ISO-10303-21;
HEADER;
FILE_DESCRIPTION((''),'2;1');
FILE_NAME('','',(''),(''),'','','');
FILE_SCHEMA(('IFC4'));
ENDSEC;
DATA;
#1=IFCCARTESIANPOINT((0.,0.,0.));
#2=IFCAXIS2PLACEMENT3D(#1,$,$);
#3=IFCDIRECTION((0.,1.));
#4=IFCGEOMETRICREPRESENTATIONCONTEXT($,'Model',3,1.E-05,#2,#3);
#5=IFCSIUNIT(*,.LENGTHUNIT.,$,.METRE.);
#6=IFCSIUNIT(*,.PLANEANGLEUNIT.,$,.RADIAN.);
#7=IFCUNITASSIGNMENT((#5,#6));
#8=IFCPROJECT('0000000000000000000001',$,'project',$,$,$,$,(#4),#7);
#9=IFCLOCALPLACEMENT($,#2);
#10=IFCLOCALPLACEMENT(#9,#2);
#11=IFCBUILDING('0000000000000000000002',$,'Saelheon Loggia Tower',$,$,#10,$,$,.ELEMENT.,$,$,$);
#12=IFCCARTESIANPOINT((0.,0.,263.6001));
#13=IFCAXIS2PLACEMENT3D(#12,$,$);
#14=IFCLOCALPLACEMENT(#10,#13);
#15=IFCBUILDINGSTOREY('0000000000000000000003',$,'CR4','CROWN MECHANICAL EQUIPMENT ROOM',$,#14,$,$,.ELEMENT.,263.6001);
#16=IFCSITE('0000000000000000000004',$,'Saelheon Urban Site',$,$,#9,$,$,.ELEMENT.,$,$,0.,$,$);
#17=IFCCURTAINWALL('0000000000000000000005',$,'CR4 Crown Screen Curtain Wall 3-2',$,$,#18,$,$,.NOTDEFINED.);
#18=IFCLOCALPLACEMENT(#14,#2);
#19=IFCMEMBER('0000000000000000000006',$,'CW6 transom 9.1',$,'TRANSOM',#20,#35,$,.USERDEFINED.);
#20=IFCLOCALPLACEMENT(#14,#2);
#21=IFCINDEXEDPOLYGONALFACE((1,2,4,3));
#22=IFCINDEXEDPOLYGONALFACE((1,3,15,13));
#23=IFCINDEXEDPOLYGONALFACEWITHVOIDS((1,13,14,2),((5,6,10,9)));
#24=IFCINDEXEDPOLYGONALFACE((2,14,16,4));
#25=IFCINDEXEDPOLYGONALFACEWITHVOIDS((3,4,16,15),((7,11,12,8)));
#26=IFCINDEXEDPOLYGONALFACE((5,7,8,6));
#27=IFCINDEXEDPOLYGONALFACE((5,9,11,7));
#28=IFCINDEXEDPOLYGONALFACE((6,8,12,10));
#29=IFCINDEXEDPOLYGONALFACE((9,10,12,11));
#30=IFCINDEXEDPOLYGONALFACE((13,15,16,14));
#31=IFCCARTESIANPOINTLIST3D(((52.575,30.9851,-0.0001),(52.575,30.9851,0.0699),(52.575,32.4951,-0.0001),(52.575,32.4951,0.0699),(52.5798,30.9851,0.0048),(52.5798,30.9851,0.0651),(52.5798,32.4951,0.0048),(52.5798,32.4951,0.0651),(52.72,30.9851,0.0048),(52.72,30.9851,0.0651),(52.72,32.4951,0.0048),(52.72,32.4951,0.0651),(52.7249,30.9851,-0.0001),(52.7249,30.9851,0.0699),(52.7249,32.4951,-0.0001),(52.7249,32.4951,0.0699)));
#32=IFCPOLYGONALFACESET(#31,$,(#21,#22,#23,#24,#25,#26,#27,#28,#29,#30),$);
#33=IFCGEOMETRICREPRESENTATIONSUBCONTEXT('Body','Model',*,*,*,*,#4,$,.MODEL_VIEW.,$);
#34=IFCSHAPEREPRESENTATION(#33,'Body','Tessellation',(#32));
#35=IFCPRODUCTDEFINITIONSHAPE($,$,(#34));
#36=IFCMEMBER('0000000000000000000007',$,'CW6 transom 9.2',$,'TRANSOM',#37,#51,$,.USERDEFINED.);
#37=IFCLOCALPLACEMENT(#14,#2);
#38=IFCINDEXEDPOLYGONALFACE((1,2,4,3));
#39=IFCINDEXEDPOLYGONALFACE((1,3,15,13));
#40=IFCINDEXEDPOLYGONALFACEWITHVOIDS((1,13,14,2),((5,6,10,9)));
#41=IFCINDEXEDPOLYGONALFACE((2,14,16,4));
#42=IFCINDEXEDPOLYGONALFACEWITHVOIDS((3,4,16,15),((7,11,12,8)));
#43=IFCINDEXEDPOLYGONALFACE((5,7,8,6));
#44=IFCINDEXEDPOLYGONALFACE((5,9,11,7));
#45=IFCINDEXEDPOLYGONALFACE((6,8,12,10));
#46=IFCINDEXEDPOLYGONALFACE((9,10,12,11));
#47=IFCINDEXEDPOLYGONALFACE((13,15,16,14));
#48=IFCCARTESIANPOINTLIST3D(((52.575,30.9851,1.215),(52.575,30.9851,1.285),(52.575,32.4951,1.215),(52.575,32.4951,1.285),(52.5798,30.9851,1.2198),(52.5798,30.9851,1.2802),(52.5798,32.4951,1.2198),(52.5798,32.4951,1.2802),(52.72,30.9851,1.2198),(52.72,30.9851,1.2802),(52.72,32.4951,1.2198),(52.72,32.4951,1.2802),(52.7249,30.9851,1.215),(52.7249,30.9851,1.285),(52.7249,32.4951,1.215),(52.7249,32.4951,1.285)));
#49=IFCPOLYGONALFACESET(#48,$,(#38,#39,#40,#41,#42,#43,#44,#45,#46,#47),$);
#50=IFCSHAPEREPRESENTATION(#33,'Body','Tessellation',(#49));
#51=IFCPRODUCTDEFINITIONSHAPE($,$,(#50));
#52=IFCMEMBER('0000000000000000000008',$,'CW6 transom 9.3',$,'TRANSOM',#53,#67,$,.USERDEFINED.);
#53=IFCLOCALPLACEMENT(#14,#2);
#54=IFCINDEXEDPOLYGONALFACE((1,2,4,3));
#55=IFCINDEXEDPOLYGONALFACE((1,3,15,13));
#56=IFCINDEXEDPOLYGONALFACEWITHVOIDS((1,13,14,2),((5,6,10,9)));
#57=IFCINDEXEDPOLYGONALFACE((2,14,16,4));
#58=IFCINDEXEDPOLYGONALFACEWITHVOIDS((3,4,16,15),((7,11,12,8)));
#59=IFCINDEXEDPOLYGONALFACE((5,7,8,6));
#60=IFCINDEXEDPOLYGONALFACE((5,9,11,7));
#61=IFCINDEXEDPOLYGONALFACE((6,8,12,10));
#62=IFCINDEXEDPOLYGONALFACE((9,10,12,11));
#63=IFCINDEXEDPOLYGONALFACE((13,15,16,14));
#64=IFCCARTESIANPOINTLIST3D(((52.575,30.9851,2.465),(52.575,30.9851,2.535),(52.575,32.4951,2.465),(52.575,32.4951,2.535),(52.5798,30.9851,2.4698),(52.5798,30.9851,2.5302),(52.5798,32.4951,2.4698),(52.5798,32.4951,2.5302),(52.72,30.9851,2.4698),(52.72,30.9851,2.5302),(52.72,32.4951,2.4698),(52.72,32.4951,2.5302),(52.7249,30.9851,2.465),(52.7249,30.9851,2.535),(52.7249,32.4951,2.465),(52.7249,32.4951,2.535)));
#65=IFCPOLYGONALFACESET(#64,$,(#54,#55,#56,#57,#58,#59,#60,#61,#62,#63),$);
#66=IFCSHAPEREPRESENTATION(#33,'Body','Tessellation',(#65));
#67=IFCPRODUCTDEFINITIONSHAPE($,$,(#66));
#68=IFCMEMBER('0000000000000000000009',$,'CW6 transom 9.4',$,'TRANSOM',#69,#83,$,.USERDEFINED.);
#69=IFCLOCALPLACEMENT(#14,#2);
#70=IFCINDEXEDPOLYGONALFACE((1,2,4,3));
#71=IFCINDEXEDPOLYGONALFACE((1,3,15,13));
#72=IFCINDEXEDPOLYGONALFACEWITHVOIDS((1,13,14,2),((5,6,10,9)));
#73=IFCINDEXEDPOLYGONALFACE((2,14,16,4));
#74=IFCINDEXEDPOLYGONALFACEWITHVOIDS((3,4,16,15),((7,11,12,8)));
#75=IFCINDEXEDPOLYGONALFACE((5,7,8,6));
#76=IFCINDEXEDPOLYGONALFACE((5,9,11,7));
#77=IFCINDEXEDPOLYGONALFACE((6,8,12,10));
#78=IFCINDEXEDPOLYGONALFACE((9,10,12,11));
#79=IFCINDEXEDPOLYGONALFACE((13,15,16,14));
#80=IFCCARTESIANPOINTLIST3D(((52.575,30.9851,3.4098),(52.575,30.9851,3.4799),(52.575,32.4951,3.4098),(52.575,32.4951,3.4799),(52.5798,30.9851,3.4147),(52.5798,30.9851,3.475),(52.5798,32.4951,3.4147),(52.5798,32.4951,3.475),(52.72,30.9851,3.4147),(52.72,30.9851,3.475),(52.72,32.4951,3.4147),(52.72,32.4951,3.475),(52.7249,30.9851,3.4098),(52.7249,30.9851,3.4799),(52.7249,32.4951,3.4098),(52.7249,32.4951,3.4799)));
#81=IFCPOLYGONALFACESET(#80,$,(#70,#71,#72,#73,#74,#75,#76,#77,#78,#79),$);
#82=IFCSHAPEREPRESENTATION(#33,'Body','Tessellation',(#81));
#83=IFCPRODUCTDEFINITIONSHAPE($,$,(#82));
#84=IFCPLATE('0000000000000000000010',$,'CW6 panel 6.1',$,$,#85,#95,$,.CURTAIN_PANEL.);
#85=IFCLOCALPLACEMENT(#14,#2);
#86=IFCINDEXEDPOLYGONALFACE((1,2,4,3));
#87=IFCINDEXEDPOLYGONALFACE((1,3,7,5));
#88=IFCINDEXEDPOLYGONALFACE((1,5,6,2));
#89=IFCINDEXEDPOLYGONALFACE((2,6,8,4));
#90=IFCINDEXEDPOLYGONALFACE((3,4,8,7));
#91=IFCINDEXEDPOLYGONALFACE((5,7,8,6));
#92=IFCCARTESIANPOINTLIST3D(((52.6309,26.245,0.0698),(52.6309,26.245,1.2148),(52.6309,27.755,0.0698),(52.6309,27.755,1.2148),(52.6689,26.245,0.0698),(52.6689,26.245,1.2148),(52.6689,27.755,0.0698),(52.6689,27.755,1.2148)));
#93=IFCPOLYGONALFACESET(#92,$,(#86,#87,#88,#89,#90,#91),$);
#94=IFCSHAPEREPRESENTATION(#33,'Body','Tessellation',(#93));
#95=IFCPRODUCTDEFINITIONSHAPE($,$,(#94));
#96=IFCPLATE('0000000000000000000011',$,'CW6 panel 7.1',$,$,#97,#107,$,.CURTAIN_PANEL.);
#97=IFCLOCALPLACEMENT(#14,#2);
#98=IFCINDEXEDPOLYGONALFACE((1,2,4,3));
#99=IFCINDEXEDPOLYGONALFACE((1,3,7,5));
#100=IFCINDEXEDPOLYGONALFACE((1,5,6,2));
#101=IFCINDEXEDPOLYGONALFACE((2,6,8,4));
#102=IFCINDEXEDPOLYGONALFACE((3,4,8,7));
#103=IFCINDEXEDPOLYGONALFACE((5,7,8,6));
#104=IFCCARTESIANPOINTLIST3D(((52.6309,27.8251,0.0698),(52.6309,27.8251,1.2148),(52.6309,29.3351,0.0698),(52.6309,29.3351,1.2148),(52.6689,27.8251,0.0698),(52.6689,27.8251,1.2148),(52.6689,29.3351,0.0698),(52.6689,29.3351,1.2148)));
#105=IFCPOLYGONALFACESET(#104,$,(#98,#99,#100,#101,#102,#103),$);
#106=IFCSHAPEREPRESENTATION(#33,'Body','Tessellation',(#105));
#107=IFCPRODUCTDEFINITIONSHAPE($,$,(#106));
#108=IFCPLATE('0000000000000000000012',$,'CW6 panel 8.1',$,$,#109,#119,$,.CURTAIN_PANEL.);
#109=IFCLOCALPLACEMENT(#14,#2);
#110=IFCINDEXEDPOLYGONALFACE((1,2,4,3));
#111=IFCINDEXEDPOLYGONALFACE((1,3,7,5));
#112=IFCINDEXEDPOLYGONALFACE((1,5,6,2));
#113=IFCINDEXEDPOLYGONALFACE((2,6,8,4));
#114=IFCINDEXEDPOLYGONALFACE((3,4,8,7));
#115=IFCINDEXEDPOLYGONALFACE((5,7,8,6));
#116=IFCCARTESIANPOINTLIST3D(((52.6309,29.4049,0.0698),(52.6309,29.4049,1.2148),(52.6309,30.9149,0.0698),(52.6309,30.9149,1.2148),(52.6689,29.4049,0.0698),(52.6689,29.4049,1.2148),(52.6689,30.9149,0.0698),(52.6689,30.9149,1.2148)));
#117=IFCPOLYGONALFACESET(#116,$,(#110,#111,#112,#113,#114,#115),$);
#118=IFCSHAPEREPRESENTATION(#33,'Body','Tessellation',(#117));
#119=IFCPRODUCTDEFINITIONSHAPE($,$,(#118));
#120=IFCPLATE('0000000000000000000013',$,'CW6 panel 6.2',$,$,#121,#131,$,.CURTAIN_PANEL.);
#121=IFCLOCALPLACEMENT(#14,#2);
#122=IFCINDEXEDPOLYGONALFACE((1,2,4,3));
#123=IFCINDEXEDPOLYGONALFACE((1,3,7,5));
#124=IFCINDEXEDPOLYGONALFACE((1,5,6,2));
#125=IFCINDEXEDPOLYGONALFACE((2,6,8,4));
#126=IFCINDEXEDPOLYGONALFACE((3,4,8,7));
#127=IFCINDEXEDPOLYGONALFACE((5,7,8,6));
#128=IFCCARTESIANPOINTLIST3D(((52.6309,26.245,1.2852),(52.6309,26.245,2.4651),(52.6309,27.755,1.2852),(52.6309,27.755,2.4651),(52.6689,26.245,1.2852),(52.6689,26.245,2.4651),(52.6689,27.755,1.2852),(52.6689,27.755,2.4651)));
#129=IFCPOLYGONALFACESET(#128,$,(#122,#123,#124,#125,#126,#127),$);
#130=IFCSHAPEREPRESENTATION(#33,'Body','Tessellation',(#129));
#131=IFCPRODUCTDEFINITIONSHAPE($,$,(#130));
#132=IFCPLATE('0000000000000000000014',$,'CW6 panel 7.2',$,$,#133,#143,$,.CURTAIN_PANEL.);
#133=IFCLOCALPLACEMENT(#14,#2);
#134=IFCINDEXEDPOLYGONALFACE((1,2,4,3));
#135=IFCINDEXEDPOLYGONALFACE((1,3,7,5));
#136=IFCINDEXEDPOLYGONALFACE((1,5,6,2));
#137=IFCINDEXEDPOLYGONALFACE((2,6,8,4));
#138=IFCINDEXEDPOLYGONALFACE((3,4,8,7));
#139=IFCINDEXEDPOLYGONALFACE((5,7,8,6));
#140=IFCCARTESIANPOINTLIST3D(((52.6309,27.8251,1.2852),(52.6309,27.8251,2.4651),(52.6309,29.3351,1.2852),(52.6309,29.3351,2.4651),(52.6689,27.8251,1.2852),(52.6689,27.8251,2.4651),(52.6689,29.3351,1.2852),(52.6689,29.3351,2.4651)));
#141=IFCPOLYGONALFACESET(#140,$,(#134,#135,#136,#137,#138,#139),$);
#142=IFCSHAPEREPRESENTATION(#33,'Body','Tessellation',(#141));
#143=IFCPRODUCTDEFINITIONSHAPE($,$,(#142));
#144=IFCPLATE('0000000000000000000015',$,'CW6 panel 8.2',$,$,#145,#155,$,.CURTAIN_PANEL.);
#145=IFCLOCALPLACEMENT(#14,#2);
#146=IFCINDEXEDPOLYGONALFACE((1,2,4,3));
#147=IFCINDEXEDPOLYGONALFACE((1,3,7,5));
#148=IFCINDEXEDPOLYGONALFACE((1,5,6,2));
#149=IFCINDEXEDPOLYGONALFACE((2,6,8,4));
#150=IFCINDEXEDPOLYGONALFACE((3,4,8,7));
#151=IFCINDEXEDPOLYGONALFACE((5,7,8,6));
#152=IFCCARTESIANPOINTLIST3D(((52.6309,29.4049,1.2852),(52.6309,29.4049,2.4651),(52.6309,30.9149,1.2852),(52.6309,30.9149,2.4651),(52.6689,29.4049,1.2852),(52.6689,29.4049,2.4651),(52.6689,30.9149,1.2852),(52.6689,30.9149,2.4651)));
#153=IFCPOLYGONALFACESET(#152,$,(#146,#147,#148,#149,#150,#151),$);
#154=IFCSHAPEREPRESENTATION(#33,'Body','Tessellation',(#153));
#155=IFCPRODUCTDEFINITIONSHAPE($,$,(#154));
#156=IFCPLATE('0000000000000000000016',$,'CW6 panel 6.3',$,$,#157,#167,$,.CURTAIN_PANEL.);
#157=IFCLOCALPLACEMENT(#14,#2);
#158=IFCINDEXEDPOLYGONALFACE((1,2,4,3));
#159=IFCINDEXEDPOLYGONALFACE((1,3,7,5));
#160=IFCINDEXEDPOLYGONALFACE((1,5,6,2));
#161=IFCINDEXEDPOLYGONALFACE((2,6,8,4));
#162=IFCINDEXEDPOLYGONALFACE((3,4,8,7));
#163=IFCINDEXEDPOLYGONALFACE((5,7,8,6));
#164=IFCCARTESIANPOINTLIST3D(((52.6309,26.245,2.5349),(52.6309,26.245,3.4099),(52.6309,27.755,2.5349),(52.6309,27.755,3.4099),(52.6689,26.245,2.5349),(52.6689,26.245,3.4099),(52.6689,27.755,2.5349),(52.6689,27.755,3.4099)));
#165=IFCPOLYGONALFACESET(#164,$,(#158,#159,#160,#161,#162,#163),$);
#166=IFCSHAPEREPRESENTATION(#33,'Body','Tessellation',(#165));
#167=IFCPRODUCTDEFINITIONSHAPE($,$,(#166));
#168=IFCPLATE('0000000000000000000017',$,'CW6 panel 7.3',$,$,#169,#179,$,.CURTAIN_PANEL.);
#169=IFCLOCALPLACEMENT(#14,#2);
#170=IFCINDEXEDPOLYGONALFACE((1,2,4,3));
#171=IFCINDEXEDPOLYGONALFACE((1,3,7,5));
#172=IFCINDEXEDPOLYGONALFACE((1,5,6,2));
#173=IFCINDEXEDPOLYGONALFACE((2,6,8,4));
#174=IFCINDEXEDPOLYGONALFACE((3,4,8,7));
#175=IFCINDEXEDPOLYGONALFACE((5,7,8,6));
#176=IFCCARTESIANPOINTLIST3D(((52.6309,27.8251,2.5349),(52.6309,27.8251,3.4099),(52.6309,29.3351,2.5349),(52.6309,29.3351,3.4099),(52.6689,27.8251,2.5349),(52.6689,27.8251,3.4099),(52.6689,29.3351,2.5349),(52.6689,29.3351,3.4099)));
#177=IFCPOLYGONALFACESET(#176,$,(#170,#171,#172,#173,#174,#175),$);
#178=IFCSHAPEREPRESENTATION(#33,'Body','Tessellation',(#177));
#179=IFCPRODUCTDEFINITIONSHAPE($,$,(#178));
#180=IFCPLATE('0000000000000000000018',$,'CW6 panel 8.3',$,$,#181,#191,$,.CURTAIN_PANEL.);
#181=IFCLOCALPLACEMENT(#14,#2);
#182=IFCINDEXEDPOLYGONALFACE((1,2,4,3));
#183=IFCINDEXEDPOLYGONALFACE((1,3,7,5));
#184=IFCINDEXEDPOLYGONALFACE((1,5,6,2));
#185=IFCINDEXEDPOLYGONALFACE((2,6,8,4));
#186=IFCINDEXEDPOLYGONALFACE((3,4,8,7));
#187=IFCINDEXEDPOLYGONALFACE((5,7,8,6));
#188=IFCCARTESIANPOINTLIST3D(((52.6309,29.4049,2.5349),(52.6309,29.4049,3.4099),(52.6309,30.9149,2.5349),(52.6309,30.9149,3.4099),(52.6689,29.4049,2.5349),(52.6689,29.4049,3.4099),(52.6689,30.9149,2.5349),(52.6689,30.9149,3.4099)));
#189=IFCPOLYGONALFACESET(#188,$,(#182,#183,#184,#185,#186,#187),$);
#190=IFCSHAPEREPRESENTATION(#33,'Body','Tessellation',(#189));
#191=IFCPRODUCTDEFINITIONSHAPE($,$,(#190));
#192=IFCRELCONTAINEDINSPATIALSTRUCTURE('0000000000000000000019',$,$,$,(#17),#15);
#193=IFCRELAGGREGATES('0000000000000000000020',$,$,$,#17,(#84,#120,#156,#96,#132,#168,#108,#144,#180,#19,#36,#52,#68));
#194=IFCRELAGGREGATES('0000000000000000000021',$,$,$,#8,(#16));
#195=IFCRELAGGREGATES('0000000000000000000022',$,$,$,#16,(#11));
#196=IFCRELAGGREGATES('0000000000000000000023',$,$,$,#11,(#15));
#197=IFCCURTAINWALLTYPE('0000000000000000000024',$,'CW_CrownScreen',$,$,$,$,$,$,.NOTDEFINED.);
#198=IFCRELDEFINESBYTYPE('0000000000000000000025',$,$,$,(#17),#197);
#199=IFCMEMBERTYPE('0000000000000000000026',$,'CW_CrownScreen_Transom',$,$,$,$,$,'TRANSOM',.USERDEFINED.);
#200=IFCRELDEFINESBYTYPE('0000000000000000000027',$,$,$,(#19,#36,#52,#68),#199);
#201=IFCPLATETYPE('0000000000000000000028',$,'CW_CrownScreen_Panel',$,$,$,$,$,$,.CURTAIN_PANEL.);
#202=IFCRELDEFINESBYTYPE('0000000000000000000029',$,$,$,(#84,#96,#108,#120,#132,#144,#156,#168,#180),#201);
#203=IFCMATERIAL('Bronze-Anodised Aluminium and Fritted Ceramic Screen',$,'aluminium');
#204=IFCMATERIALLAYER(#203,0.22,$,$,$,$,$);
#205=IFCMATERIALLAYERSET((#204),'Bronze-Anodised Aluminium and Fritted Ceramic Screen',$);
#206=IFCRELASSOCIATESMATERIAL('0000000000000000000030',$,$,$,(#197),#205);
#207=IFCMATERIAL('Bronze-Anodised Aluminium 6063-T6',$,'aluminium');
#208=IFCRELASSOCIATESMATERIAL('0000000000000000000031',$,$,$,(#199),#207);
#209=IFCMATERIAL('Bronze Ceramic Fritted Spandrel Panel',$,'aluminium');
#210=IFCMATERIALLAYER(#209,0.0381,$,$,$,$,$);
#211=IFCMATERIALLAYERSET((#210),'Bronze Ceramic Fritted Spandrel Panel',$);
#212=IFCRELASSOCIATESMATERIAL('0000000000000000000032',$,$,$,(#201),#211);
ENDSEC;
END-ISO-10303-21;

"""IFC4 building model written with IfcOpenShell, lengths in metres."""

from ifc_helpers import new_model, si_unit, direction, frame, origin, origin_2d, place, context, subcontext, project, spatial, rectangle, hollow_rectangle, extrude, source, transform, mapped, material, layer, layer_set, material_profile, profile_set, type_object, element, aggregate, save


model = new_model("IFC4")

# Units and contexts
model_context = context("Model", 3, precision=1e-05, world=origin(), true_north=direction((0.0, 1.0)))
body_context = subcontext(model_context, "Body", "Model", "MODEL_VIEW")
ifc_project = project(units=[si_unit("LENGTHUNIT", "METRE"), si_unit("PLANEANGLEUNIT", "RADIAN")], contexts=[model_context])

# Site, building, storey
site_placement = place(None, origin())
site = spatial("IfcSite", under=ifc_project, at=site_placement, Name="Saelheon Urban Site", CompositionType="ELEMENT", RefElevation=0.0)
building_placement = place(site_placement, origin())
building = spatial("IfcBuilding", under=site, at=building_placement, Name="Saelheon Loggia Tower", CompositionType="ELEMENT")
storey_placement = place(building_placement, frame((0.0, 0.0, 263.6001)))
storey = spatial("IfcBuildingStorey", under=building, at=storey_placement, Name="CR4", Description="CROWN MECHANICAL EQUIPMENT ROOM", CompositionType="ELEMENT", Elevation=263.6001)

# Curtain wall, members, plates
ifc_material_1 = material(Name="Bronze-Anodised Aluminium and Fritted Ceramic Screen", Category="aluminium")
ifc_layer_1 = layer(ifc_material_1, 0.22)
ifc_layer_set_1 = layer_set([ifc_layer_1], Name="Bronze-Anodised Aluminium and Fritted Ceramic Screen")
curtain_wall_type = type_object("IfcCurtainWallType", Name="CW_CrownScreen", PredefinedType="NOTDEFINED", material=ifc_layer_set_1)
curtain_wall_placement = place(storey_placement, origin())
curtain_wall = element("IfcCurtainWall", 1, at=curtain_wall_placement, inside=storey, type_object=curtain_wall_type, Name="CR4 Crown Screen Curtain Wall 3-2", PredefinedType="NOTDEFINED")
ifc_material_2 = material(Name="Bronze-Anodised Aluminium 6063-T6", Category="aluminium")
ifc_material_profile_1 = material_profile(ifc_material_2, hollow_rectangle(XDim=0.0701, YDim=0.1499, WallThickness=0.0049, at=origin_2d()), Name="RHS-150x70x5")
ifc_profile_set_1 = profile_set([ifc_material_profile_1], Name="Bronze-Anodised Aluminium 6063-T6")
member_type_1 = type_object("IfcMemberType", Name="CW_CrownScreen_Transom", ElementType="TRANSOM", PredefinedType="USERDEFINED", material=ifc_profile_set_1)
shared_shape_1 = source(origin(), body_context, "Body", "SweptSolid", [
    extrude(hollow_rectangle(XDim=0.0701, YDim=0.1499, WallThickness=0.0049, at=origin_2d()), origin(), (0.0, 0.0, 1.0), 1.51),
])
member_1_placement = place(storey_placement, frame((52.6499, 30.9851, 0.0349), z_axis=(0.0, 1.0, 0.0), x_axis=(0.0, 0.0, 1.0)))
member_1 = element("IfcMember", 2, at=member_1_placement, type_object=member_type_1, Name="CW6 transom 9.1", ObjectType="TRANSOM", PredefinedType="USERDEFINED", context=body_context, shape_type="MappedRepresentation", body=[
    mapped(shared_shape_1, transform((0.0, 0.0, 0.0), scale=1.0)),
])
member_2_placement = place(storey_placement, frame((52.6499, 30.9851, 1.25), z_axis=(0.0, 1.0, 0.0), x_axis=(0.0, 0.0, 1.0)))
member_2 = element("IfcMember", 3, at=member_2_placement, type_object=member_type_1, Name="CW6 transom 9.2", ObjectType="TRANSOM", PredefinedType="USERDEFINED", context=body_context, shape_type="MappedRepresentation", body=[
    mapped(shared_shape_1, transform((0.0, 0.0, 0.0), scale=1.0)),
])
member_3_placement = place(storey_placement, frame((52.6499, 30.9851, 2.5), z_axis=(0.0, 1.0, 0.0), x_axis=(0.0, 0.0, 1.0)))
member_3 = element("IfcMember", 4, at=member_3_placement, type_object=member_type_1, Name="CW6 transom 9.3", ObjectType="TRANSOM", PredefinedType="USERDEFINED", context=body_context, shape_type="MappedRepresentation", body=[
    mapped(shared_shape_1, transform((0.0, 0.0, 0.0), scale=1.0)),
])
member_4_placement = place(storey_placement, frame((52.6499, 30.9851, 3.4448), z_axis=(0.0, 1.0, 0.0), x_axis=(0.0, 0.0, 1.0)))
member_4 = element("IfcMember", 5, at=member_4_placement, type_object=member_type_1, Name="CW6 transom 9.4", ObjectType="TRANSOM", PredefinedType="USERDEFINED", context=body_context, shape_type="MappedRepresentation", body=[
    mapped(shared_shape_1, transform((0.0, 0.0, 0.0), scale=1.0)),
])
ifc_material_3 = material(Name="Bronze Ceramic Fritted Spandrel Panel", Category="aluminium")
ifc_layer_2 = layer(ifc_material_3, 0.0381)
ifc_layer_set_2 = layer_set([ifc_layer_2], Name="Bronze Ceramic Fritted Spandrel Panel")
plate_type = type_object("IfcPlateType", Name="CW_CrownScreen_Panel", PredefinedType="CURTAIN_PANEL", material=ifc_layer_set_2)
shared_shape_2 = source(origin(), body_context, "Body", "SweptSolid", [
    extrude(rectangle(XDim=1.51, YDim=0.0381, at=origin_2d()), origin(), (0.0, 0.0, 1.0), 1.145),
])
plate_1_placement = place(storey_placement, frame((52.6499, 27.0, 0.0698), z_axis=(0.0, 0.0, 1.0), x_axis=(0.0, 1.0, 0.0)))
plate_1 = element("IfcPlate", 6, at=plate_1_placement, type_object=plate_type, Name="CW6 panel 6.1", PredefinedType="CURTAIN_PANEL", context=body_context, shape_type="MappedRepresentation", body=[
    mapped(shared_shape_2, transform((0.0, 0.0, 0.0), scale=1.0)),
])
plate_2_placement = place(storey_placement, frame((52.6499, 28.5801, 0.0698), z_axis=(0.0, 0.0, 1.0), x_axis=(0.0, 1.0, 0.0)))
plate_2 = element("IfcPlate", 7, at=plate_2_placement, type_object=plate_type, Name="CW6 panel 7.1", PredefinedType="CURTAIN_PANEL", context=body_context, shape_type="MappedRepresentation", body=[
    mapped(shared_shape_2, transform((0.0, 0.0, 0.0), scale=1.0)),
])
plate_3_placement = place(storey_placement, frame((52.6499, 30.1599, 0.0698), z_axis=(0.0, 0.0, 1.0), x_axis=(0.0, 1.0, 0.0)))
plate_3 = element("IfcPlate", 8, at=plate_3_placement, type_object=plate_type, Name="CW6 panel 8.1", PredefinedType="CURTAIN_PANEL", context=body_context, shape_type="MappedRepresentation", body=[
    mapped(shared_shape_2, transform((0.0, 0.0, 0.0), scale=1.0)),
])
shared_shape_3 = source(origin(), body_context, "Body", "SweptSolid", [
    extrude(rectangle(XDim=1.51, YDim=0.0381, at=origin_2d()), origin(), (0.0, 0.0, 1.0), 1.1799),
])
plate_4_placement = place(storey_placement, frame((52.6499, 27.0, 1.2852), z_axis=(0.0, 0.0, 1.0), x_axis=(0.0, 1.0, 0.0)))
plate_4 = element("IfcPlate", 9, at=plate_4_placement, type_object=plate_type, Name="CW6 panel 6.2", PredefinedType="CURTAIN_PANEL", context=body_context, shape_type="MappedRepresentation", body=[
    mapped(shared_shape_3, transform((0.0, 0.0, 0.0), scale=1.0)),
])
plate_5_placement = place(storey_placement, frame((52.6499, 28.5801, 1.2852), z_axis=(0.0, 0.0, 1.0), x_axis=(0.0, 1.0, 0.0)))
plate_5 = element("IfcPlate", 10, at=plate_5_placement, type_object=plate_type, Name="CW6 panel 7.2", PredefinedType="CURTAIN_PANEL", context=body_context, shape_type="MappedRepresentation", body=[
    mapped(shared_shape_3, transform((0.0, 0.0, 0.0), scale=1.0)),
])
plate_6_placement = place(storey_placement, frame((52.6499, 30.1599, 1.2852), z_axis=(0.0, 0.0, 1.0), x_axis=(0.0, 1.0, 0.0)))
plate_6 = element("IfcPlate", 11, at=plate_6_placement, type_object=plate_type, Name="CW6 panel 8.2", PredefinedType="CURTAIN_PANEL", context=body_context, shape_type="MappedRepresentation", body=[
    mapped(shared_shape_3, transform((0.0, 0.0, 0.0), scale=1.0)),
])
shared_shape_4 = source(origin(), body_context, "Body", "SweptSolid", [
    extrude(rectangle(XDim=1.51, YDim=0.0381, at=origin_2d()), origin(), (0.0, 0.0, 1.0), 0.875),
])
plate_7_placement = place(storey_placement, frame((52.6499, 27.0, 2.5349), z_axis=(0.0, 0.0, 1.0), x_axis=(0.0, 1.0, 0.0)))
plate_7 = element("IfcPlate", 12, at=plate_7_placement, type_object=plate_type, Name="CW6 panel 6.3", PredefinedType="CURTAIN_PANEL", context=body_context, shape_type="MappedRepresentation", body=[
    mapped(shared_shape_4, transform((0.0, 0.0, 0.0), scale=1.0)),
])
plate_8_placement = place(storey_placement, frame((52.6499, 28.5801, 2.5349), z_axis=(0.0, 0.0, 1.0), x_axis=(0.0, 1.0, 0.0)))
plate_8 = element("IfcPlate", 13, at=plate_8_placement, type_object=plate_type, Name="CW6 panel 7.3", PredefinedType="CURTAIN_PANEL", context=body_context, shape_type="MappedRepresentation", body=[
    mapped(shared_shape_4, transform((0.0, 0.0, 0.0), scale=1.0)),
])
plate_9_placement = place(storey_placement, frame((52.6499, 30.1599, 2.5349), z_axis=(0.0, 0.0, 1.0), x_axis=(0.0, 1.0, 0.0)))
plate_9 = element("IfcPlate", 14, at=plate_9_placement, type_object=plate_type, Name="CW6 panel 8.3", PredefinedType="CURTAIN_PANEL", context=body_context, shape_type="MappedRepresentation", body=[
    mapped(shared_shape_4, transform((0.0, 0.0, 0.0), scale=1.0)),
])
aggregate(curtain_wall, [plate_1, plate_4, plate_7, plate_2, plate_5, plate_8, plate_3, plate_6, plate_9, member_1, member_2, member_3, member_4])

save(model, "model.ifc")
